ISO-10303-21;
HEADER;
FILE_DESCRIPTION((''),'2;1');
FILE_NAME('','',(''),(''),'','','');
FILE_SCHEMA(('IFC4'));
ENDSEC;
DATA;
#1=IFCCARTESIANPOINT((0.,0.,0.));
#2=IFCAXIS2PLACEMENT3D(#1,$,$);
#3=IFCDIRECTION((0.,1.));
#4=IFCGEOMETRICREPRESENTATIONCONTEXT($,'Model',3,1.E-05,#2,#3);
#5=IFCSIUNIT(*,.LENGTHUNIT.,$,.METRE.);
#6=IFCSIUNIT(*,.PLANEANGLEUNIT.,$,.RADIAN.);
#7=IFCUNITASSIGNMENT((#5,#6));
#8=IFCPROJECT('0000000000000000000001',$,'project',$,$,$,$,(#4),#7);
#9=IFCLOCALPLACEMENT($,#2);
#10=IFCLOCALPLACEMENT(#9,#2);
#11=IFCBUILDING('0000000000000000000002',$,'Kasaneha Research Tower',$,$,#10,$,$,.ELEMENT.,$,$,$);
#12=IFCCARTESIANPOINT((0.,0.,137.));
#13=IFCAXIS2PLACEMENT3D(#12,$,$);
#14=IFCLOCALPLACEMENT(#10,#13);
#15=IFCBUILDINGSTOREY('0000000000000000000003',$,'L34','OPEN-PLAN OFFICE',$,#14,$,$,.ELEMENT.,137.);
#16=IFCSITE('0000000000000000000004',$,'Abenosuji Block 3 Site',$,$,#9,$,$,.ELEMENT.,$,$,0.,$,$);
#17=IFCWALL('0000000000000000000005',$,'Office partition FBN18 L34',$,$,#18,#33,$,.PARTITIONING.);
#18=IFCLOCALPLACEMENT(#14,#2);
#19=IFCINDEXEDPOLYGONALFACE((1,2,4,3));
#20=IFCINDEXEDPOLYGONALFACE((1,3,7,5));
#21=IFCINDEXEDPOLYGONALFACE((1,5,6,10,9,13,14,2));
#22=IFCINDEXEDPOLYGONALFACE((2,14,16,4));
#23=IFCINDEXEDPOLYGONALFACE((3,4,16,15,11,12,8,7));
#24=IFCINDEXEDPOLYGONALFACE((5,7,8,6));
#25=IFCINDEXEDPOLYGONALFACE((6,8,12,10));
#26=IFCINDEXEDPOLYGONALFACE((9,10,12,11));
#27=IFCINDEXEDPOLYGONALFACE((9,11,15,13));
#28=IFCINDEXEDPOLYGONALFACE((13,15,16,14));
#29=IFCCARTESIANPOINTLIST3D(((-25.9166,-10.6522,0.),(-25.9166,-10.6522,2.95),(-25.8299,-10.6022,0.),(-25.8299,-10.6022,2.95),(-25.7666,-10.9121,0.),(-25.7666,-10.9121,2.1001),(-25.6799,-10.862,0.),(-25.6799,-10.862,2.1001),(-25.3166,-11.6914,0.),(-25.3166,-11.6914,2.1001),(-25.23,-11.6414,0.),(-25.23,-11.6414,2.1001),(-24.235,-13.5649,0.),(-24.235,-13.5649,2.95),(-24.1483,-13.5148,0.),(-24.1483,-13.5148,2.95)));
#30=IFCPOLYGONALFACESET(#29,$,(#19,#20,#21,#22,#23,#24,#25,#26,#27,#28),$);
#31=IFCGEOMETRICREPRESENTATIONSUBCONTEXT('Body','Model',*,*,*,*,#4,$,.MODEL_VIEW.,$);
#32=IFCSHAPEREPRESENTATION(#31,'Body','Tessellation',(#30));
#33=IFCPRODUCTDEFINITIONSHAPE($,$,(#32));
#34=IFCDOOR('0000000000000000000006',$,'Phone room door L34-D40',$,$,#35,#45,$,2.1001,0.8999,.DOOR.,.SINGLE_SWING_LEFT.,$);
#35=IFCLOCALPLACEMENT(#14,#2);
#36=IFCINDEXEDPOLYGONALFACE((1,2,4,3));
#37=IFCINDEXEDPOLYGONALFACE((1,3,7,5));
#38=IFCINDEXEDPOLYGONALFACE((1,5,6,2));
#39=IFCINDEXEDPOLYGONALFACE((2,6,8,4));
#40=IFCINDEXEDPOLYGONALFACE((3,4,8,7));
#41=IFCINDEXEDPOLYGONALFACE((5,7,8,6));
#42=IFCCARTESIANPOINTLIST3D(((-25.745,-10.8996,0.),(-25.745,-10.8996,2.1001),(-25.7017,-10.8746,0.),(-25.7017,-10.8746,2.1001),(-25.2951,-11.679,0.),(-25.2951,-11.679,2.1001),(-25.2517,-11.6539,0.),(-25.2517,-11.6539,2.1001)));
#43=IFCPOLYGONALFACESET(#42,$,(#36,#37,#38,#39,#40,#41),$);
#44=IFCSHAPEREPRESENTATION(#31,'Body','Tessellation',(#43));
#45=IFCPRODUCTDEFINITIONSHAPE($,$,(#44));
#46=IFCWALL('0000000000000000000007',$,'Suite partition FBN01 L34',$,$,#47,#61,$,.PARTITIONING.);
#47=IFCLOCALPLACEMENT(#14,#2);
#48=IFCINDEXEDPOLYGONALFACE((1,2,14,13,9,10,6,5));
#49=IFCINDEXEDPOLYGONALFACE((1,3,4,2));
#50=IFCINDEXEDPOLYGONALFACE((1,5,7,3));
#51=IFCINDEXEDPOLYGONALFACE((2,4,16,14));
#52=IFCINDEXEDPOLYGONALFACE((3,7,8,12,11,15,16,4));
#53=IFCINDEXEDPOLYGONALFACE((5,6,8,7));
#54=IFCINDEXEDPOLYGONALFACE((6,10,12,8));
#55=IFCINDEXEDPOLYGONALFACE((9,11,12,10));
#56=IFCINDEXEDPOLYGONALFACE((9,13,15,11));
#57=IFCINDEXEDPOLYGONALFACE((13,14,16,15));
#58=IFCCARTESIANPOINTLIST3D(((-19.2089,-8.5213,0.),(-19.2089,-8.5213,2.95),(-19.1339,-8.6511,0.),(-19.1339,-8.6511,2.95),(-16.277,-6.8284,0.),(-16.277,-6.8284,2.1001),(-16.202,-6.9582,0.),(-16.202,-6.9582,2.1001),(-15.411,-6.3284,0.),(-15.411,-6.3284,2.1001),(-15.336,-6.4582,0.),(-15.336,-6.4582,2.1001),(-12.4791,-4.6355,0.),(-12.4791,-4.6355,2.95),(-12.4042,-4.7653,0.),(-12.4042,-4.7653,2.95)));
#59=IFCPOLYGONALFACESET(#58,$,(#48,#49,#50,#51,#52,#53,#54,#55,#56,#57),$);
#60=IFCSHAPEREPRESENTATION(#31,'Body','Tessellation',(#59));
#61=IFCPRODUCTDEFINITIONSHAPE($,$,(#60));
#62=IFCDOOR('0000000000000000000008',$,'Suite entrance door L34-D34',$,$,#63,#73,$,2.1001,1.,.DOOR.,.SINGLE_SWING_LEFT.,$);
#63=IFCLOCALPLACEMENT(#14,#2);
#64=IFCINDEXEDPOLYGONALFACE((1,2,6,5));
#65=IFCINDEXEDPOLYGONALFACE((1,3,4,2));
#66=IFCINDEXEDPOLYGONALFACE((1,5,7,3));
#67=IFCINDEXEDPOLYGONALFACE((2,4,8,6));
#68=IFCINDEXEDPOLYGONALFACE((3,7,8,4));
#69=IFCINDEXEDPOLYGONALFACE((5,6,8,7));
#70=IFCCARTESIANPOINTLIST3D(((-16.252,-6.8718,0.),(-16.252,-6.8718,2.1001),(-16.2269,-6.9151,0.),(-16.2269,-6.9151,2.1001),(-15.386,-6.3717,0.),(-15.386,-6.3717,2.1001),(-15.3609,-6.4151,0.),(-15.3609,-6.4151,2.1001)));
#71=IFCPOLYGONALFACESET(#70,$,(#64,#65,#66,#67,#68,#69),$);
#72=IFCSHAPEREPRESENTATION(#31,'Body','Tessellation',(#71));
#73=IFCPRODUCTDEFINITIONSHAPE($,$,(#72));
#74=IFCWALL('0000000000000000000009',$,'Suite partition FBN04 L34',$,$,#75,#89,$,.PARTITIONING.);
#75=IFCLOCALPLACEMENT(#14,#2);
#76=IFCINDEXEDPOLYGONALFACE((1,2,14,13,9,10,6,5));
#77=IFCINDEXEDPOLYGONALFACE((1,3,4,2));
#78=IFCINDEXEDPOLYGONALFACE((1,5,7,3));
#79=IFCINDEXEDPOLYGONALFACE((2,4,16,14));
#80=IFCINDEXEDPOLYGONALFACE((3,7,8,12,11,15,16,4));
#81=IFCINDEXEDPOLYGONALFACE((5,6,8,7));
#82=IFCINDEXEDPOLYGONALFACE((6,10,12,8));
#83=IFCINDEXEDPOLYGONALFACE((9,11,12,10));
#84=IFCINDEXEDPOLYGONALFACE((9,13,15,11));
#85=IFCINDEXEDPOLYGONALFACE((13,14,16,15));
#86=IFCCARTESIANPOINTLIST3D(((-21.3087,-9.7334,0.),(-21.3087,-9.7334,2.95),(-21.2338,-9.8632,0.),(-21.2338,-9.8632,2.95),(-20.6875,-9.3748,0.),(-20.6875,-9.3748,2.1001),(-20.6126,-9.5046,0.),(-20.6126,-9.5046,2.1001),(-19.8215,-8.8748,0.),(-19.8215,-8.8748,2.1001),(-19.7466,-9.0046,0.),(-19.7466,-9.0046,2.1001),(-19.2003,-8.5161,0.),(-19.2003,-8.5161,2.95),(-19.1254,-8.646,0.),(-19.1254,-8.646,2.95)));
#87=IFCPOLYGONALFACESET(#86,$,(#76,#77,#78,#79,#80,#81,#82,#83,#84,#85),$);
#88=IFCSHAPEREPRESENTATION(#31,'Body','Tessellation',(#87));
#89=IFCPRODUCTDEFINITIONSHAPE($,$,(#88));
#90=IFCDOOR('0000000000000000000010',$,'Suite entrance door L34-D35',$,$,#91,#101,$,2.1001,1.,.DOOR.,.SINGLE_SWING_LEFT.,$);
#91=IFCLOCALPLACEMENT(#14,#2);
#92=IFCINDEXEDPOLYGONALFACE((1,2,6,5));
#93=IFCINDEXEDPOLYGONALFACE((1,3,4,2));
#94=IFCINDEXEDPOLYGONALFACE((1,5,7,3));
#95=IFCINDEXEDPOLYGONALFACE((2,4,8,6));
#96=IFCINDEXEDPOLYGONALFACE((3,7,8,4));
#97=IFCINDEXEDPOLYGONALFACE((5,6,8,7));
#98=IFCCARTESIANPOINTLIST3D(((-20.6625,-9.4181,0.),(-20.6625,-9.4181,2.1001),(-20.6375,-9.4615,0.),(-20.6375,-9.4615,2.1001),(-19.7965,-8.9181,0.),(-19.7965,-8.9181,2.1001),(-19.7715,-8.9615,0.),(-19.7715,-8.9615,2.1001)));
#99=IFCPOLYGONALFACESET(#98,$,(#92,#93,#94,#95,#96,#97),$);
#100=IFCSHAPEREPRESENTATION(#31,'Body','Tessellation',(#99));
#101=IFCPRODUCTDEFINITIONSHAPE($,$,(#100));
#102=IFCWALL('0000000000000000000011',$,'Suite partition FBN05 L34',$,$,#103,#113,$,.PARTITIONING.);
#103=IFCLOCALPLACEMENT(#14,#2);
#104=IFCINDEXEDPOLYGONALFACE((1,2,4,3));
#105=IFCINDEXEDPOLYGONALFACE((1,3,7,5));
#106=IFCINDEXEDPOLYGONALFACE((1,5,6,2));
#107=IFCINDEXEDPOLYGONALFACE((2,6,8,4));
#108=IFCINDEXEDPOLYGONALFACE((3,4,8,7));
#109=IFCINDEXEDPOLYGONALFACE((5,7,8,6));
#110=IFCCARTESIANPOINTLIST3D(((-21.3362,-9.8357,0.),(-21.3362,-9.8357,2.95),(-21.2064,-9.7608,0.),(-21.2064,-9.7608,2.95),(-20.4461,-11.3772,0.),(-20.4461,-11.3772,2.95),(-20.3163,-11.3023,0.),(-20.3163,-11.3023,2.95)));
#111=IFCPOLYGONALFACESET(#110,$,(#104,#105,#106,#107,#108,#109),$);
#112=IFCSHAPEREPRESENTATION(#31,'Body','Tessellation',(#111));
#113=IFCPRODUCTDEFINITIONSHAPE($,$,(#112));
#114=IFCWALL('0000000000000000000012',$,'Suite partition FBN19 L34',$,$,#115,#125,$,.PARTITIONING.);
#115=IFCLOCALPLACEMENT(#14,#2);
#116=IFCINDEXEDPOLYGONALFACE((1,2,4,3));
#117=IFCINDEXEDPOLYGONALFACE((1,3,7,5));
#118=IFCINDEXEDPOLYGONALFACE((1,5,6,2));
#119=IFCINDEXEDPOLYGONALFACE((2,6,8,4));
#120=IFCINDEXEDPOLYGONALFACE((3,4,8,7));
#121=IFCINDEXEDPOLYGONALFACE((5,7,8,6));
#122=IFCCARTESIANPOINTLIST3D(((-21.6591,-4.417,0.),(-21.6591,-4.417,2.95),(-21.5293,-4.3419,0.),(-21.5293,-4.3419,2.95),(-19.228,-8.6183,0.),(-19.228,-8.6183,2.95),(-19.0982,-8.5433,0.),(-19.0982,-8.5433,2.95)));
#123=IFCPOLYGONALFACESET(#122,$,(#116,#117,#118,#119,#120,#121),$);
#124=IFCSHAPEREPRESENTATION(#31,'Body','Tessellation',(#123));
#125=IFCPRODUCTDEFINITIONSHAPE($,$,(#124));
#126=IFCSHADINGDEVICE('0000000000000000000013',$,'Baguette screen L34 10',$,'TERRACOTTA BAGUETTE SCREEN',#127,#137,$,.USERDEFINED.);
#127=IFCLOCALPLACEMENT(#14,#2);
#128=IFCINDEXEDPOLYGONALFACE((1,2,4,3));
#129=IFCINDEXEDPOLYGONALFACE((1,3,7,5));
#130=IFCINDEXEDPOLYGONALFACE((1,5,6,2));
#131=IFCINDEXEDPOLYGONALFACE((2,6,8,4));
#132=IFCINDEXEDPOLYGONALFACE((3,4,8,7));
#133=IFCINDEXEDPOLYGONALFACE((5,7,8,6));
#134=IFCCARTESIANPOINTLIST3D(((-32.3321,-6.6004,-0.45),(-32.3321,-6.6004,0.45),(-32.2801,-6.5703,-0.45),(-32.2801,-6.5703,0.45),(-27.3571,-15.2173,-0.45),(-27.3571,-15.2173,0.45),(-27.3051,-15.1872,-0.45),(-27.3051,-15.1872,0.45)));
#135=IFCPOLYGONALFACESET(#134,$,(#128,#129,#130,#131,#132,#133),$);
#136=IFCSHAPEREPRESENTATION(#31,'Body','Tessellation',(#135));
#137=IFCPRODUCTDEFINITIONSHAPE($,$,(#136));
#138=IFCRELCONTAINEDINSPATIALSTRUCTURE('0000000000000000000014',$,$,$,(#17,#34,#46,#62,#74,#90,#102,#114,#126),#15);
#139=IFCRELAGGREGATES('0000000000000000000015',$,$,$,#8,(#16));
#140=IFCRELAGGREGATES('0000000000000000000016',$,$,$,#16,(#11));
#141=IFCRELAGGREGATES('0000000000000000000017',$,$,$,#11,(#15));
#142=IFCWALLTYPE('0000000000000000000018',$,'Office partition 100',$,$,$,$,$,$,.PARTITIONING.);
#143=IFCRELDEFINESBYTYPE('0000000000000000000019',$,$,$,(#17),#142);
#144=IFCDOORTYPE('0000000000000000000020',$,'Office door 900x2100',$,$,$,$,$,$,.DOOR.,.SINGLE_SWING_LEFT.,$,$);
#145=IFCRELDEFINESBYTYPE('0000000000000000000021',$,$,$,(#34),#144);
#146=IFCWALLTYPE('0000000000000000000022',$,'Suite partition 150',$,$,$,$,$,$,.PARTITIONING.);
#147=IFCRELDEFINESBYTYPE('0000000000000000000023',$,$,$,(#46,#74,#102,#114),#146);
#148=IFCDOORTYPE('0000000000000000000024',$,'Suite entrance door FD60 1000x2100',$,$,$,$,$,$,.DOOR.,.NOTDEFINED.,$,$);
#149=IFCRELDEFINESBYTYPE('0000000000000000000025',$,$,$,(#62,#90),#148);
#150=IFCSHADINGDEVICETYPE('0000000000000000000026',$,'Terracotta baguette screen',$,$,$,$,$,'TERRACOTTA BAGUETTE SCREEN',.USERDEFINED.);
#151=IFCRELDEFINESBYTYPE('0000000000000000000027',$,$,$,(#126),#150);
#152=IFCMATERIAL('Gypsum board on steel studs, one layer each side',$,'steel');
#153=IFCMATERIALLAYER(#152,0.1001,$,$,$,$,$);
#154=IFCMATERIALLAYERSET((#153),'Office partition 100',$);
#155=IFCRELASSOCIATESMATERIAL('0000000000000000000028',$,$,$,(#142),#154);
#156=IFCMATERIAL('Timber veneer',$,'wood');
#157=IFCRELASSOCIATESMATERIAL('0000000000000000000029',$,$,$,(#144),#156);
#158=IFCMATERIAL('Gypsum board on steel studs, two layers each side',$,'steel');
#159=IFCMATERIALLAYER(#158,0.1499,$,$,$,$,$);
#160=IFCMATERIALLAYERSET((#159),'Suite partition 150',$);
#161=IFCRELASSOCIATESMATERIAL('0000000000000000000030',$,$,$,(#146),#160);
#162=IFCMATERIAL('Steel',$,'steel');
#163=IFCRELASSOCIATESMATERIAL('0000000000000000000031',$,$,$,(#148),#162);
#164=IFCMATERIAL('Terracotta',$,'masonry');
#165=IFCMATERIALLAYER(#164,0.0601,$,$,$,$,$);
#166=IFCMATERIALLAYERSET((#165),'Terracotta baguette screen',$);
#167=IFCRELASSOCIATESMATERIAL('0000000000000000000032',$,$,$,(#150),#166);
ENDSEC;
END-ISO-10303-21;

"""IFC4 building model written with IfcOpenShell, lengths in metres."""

from ifc_helpers import new_model, si_unit, direction, frame, frame_2d, origin, origin_2d, place, context, subcontext, project, spatial, rectangle, extrude, material, layer, layer_set, type_object, element, fill, save


model = new_model("IFC4")

# Units and contexts
model_context = context("Model", 3, precision=1e-05, world=origin(), true_north=direction((0.0, 1.0)))
body_context = subcontext(model_context, "Body", "Model", "MODEL_VIEW")
ifc_project = project(units=[si_unit("LENGTHUNIT", "METRE"), si_unit("PLANEANGLEUNIT", "RADIAN")], contexts=[model_context])

# Site, building, storey
site_placement = place(None, origin())
site = spatial("IfcSite", under=ifc_project, at=site_placement, Name="Abenosuji Block 3 Site", CompositionType="ELEMENT", RefElevation=0.0)
building_placement = place(site_placement, origin())
building = spatial("IfcBuilding", under=site, at=building_placement, Name="Kasaneha Research Tower", CompositionType="ELEMENT")
storey_placement = place(building_placement, frame((0.0, 0.0, 137.0)))
storey = spatial("IfcBuildingStorey", under=building, at=storey_placement, Name="L34", Description="OPEN-PLAN OFFICE", CompositionType="ELEMENT", Elevation=137.0)

# Shared definitions
ifc_material_1 = material(Name="Gypsum board on steel studs, one layer each side", Category="steel")
ifc_layer_1 = layer(ifc_material_1, 0.1001)
ifc_layer_set_1 = layer_set([ifc_layer_1], Name="Office partition 100")
wall_type_1 = type_object("IfcWallType", Name="Office partition 100", PredefinedType="PARTITIONING", material=ifc_layer_set_1)

# Shared definitions
ifc_material_2 = material(Name="Timber veneer", Category="wood")
door_type_1 = type_object("IfcDoorType", Name="Office door 900x2100", OperationType="SINGLE_SWING_LEFT", PredefinedType="DOOR", material=ifc_material_2)

# Walls, openings, doors
wall_1_placement = place(storey_placement, frame((-25.8733, -10.6272, 0.0), z_axis=(0.0, 0.0, 1.0), x_axis=(0.500012, -0.866019, 0.0)))
wall_1 = element("IfcWall", 1, at=wall_1_placement, inside=storey, type_object=wall_type_1, Name="Office partition FBN18 L34", PredefinedType="PARTITIONING", context=body_context, shape_type="SweptSolid", body=[
    extrude(rectangle(XDim=3.3633, YDim=0.1001, at=frame_2d((1.6816, 0.0))), origin(), (0.0, 0.0, 1.0), 2.95),
])
opening_1_placement = place(wall_1_placement, frame((0.3, 0.0, 0.0)))
opening_1 = element("IfcOpeningElement", 2, at=opening_1_placement, cuts=wall_1, PredefinedType="OPENING", context=body_context, shape_type="SweptSolid", body=[
    extrude(rectangle(XDim=0.8999, YDim=2.1001, at=frame_2d((0.45, 1.05))), frame((0.0, 0.0601, 0.0), z_axis=(0.0, -1.0, 0.0), x_axis=(1.0, 0.0, 0.0)), (0.0, 0.0, 1.0), 0.1201),
])
door_1_placement = place(opening_1_placement, origin())
door_1 = element("IfcDoor", 3, at=door_1_placement, inside=storey, type_object=door_type_1, Name="Phone room door L34-D40", OperationType="SINGLE_SWING_LEFT", OverallHeight=2.1001, OverallWidth=0.8999, PredefinedType="DOOR", context=body_context, shape_type="SweptSolid", body=[
    extrude(rectangle(XDim=0.8999, YDim=2.1001, at=frame_2d((0.45, 1.05))), frame((0.0, 0.0249, 0.0), z_axis=(0.0, -1.0, 0.0), x_axis=(1.0, 0.0, 0.0)), (0.0, 0.0, 1.0), 0.05),
])
fill(opening_1, door_1)
ifc_material_3 = material(Name="Gypsum board on steel studs, two layers each side", Category="steel")
ifc_layer_2 = layer(ifc_material_3, 0.1499)
ifc_layer_set_2 = layer_set([ifc_layer_2], Name="Suite partition 150")
wall_type_2 = type_object("IfcWallType", Name="Suite partition 150", PredefinedType="PARTITIONING", material=ifc_layer_set_2)
wall_2_placement = place(storey_placement, frame((-19.1714, -8.5862, 0.0), z_axis=(0.0, 0.0, 1.0), x_axis=(0.866007, 0.500032, 0.0)))
wall_2 = element("IfcWall", 4, at=wall_2_placement, inside=storey, type_object=wall_type_2, Name="Suite partition FBN01 L34", PredefinedType="PARTITIONING", context=body_context, shape_type="SweptSolid", body=[
    extrude(rectangle(XDim=7.771, YDim=0.1499, at=frame_2d((3.8855, 0.0))), origin(), (0.0, 0.0, 1.0), 2.95),
])
opening_2_placement = place(wall_2_placement, frame((3.3855, 0.0, 0.0)))
opening_2 = element("IfcOpeningElement", 5, at=opening_2_placement, cuts=wall_2, PredefinedType="OPENING", context=body_context, shape_type="SweptSolid", body=[
    extrude(rectangle(XDim=1.0, YDim=2.1001, at=frame_2d((0.5, 1.05))), frame((0.0, 0.085, 0.0), z_axis=(0.0, -1.0, 0.0), x_axis=(1.0, 0.0, 0.0)), (0.0, 0.0, 1.0), 0.1699),
])
ifc_material_4 = material(Name="Steel", Category="steel")
door_type_2 = type_object("IfcDoorType", Name="Suite entrance door FD60 1000x2100", OperationType="NOTDEFINED", PredefinedType="DOOR", material=ifc_material_4)
door_2_placement = place(opening_2_placement, origin())
door_2 = element("IfcDoor", 6, at=door_2_placement, inside=storey, type_object=door_type_2, Name="Suite entrance door L34-D34", OperationType="SINGLE_SWING_LEFT", OverallHeight=2.1001, OverallWidth=1.0, PredefinedType="DOOR", context=body_context, shape_type="SweptSolid", body=[
    extrude(rectangle(XDim=1.0, YDim=2.1001, at=frame_2d((0.5, 1.05))), frame((0.0, 0.0249, 0.0), z_axis=(0.0, -1.0, 0.0), x_axis=(1.0, 0.0, 0.0)), (0.0, 0.0, 1.0), 0.05),
])
fill(opening_2, door_2)
wall_3_placement = place(storey_placement, frame((-21.2712, -9.7983, 0.0), z_axis=(0.0, 0.0, 1.0), x_axis=(0.866025, 0.5, 0.0)))
wall_3 = element("IfcWall", 7, at=wall_3_placement, inside=storey, type_object=wall_type_2, Name="Suite partition FBN04 L34", PredefinedType="PARTITIONING", context=body_context, shape_type="SweptSolid", body=[
    extrude(rectangle(XDim=2.4346, YDim=0.1499, at=frame_2d((1.2173, 0.0))), origin(), (0.0, 0.0, 1.0), 2.95),
])
opening_3_placement = place(wall_3_placement, frame((0.7173, 0.0, 0.0)))
opening_3 = element("IfcOpeningElement", 8, at=opening_3_placement, cuts=wall_3, PredefinedType="OPENING", context=body_context, shape_type="SweptSolid", body=[
    extrude(rectangle(XDim=1.0, YDim=2.1001, at=frame_2d((0.5, 1.05))), frame((0.0, 0.085, 0.0), z_axis=(0.0, -1.0, 0.0), x_axis=(1.0, 0.0, 0.0)), (0.0, 0.0, 1.0), 0.1699),
])
door_3_placement = place(opening_3_placement, origin())
door_3 = element("IfcDoor", 9, at=door_3_placement, inside=storey, type_object=door_type_2, Name="Suite entrance door L34-D35", OperationType="SINGLE_SWING_LEFT", OverallHeight=2.1001, OverallWidth=1.0, PredefinedType="DOOR", context=body_context, shape_type="SweptSolid", body=[
    extrude(rectangle(XDim=1.0, YDim=2.1001, at=frame_2d((0.5, 1.05))), frame((0.0, 0.0249, 0.0), z_axis=(0.0, -1.0, 0.0), x_axis=(1.0, 0.0, 0.0)), (0.0, 0.0, 1.0), 0.05),
])
fill(opening_3, door_3)

# Walls
wall_4_placement = place(storey_placement, frame((-20.3811, -11.3398, 0.0), z_axis=(0.0, 0.0, 1.0), x_axis=(-0.500063, 0.865989, 0.0)))
element("IfcWall", 10, at=wall_4_placement, inside=storey, type_object=wall_type_2, Name="Suite partition FBN05 L34", PredefinedType="PARTITIONING", context=body_context, shape_type="SweptSolid", body=[
    extrude(rectangle(XDim=1.78, YDim=0.1499, at=frame_2d((0.8901, 0.0))), origin(), (0.0, 0.0, 1.0), 2.95),
])
wall_5_placement = place(storey_placement, frame((-19.1631, -8.5808, 0.0), z_axis=(0.0, 0.0, 1.0), x_axis=(-0.500844, 0.865538, 0.0)))
element("IfcWall", 11, at=wall_5_placement, inside=storey, type_object=wall_type_2, Name="Suite partition FBN19 L34", PredefinedType="PARTITIONING", context=body_context, shape_type="SweptSolid", body=[
    extrude(rectangle(XDim=4.854, YDim=0.1499, at=frame_2d((2.427, 0.0))), origin(), (0.0, 0.0, 1.0), 2.95),
])

# Shading device
ifc_material_5 = material(Name="Terracotta", Category="masonry")
ifc_layer_3 = layer(ifc_material_5, 0.0601)
ifc_layer_set_3 = layer_set([ifc_layer_3], Name="Terracotta baguette screen")
shading_device_type = type_object("IfcShadingDeviceType", Name="Terracotta baguette screen", ElementType="TERRACOTTA BAGUETTE SCREEN", PredefinedType="USERDEFINED", material=ifc_layer_set_3)
shading_device_placement = place(storey_placement, frame((-29.8186, -10.8938, -0.45), z_axis=(0.0, 0.0, 1.0), x_axis=(0.5, -0.866025, 0.0)))
element("IfcShadingDevice", 12, at=shading_device_placement, inside=storey, type_object=shading_device_type, Name="Baguette screen L34 10", ObjectType="TERRACOTTA BAGUETTE SCREEN", PredefinedType="USERDEFINED", context=body_context, shape_type="SweptSolid", body=[
    extrude(rectangle(XDim=9.95, YDim=0.0601, at=origin_2d()), origin(), (0.0, 0.0, 1.0), 0.8999),
])

save(model, "model.ifc")
